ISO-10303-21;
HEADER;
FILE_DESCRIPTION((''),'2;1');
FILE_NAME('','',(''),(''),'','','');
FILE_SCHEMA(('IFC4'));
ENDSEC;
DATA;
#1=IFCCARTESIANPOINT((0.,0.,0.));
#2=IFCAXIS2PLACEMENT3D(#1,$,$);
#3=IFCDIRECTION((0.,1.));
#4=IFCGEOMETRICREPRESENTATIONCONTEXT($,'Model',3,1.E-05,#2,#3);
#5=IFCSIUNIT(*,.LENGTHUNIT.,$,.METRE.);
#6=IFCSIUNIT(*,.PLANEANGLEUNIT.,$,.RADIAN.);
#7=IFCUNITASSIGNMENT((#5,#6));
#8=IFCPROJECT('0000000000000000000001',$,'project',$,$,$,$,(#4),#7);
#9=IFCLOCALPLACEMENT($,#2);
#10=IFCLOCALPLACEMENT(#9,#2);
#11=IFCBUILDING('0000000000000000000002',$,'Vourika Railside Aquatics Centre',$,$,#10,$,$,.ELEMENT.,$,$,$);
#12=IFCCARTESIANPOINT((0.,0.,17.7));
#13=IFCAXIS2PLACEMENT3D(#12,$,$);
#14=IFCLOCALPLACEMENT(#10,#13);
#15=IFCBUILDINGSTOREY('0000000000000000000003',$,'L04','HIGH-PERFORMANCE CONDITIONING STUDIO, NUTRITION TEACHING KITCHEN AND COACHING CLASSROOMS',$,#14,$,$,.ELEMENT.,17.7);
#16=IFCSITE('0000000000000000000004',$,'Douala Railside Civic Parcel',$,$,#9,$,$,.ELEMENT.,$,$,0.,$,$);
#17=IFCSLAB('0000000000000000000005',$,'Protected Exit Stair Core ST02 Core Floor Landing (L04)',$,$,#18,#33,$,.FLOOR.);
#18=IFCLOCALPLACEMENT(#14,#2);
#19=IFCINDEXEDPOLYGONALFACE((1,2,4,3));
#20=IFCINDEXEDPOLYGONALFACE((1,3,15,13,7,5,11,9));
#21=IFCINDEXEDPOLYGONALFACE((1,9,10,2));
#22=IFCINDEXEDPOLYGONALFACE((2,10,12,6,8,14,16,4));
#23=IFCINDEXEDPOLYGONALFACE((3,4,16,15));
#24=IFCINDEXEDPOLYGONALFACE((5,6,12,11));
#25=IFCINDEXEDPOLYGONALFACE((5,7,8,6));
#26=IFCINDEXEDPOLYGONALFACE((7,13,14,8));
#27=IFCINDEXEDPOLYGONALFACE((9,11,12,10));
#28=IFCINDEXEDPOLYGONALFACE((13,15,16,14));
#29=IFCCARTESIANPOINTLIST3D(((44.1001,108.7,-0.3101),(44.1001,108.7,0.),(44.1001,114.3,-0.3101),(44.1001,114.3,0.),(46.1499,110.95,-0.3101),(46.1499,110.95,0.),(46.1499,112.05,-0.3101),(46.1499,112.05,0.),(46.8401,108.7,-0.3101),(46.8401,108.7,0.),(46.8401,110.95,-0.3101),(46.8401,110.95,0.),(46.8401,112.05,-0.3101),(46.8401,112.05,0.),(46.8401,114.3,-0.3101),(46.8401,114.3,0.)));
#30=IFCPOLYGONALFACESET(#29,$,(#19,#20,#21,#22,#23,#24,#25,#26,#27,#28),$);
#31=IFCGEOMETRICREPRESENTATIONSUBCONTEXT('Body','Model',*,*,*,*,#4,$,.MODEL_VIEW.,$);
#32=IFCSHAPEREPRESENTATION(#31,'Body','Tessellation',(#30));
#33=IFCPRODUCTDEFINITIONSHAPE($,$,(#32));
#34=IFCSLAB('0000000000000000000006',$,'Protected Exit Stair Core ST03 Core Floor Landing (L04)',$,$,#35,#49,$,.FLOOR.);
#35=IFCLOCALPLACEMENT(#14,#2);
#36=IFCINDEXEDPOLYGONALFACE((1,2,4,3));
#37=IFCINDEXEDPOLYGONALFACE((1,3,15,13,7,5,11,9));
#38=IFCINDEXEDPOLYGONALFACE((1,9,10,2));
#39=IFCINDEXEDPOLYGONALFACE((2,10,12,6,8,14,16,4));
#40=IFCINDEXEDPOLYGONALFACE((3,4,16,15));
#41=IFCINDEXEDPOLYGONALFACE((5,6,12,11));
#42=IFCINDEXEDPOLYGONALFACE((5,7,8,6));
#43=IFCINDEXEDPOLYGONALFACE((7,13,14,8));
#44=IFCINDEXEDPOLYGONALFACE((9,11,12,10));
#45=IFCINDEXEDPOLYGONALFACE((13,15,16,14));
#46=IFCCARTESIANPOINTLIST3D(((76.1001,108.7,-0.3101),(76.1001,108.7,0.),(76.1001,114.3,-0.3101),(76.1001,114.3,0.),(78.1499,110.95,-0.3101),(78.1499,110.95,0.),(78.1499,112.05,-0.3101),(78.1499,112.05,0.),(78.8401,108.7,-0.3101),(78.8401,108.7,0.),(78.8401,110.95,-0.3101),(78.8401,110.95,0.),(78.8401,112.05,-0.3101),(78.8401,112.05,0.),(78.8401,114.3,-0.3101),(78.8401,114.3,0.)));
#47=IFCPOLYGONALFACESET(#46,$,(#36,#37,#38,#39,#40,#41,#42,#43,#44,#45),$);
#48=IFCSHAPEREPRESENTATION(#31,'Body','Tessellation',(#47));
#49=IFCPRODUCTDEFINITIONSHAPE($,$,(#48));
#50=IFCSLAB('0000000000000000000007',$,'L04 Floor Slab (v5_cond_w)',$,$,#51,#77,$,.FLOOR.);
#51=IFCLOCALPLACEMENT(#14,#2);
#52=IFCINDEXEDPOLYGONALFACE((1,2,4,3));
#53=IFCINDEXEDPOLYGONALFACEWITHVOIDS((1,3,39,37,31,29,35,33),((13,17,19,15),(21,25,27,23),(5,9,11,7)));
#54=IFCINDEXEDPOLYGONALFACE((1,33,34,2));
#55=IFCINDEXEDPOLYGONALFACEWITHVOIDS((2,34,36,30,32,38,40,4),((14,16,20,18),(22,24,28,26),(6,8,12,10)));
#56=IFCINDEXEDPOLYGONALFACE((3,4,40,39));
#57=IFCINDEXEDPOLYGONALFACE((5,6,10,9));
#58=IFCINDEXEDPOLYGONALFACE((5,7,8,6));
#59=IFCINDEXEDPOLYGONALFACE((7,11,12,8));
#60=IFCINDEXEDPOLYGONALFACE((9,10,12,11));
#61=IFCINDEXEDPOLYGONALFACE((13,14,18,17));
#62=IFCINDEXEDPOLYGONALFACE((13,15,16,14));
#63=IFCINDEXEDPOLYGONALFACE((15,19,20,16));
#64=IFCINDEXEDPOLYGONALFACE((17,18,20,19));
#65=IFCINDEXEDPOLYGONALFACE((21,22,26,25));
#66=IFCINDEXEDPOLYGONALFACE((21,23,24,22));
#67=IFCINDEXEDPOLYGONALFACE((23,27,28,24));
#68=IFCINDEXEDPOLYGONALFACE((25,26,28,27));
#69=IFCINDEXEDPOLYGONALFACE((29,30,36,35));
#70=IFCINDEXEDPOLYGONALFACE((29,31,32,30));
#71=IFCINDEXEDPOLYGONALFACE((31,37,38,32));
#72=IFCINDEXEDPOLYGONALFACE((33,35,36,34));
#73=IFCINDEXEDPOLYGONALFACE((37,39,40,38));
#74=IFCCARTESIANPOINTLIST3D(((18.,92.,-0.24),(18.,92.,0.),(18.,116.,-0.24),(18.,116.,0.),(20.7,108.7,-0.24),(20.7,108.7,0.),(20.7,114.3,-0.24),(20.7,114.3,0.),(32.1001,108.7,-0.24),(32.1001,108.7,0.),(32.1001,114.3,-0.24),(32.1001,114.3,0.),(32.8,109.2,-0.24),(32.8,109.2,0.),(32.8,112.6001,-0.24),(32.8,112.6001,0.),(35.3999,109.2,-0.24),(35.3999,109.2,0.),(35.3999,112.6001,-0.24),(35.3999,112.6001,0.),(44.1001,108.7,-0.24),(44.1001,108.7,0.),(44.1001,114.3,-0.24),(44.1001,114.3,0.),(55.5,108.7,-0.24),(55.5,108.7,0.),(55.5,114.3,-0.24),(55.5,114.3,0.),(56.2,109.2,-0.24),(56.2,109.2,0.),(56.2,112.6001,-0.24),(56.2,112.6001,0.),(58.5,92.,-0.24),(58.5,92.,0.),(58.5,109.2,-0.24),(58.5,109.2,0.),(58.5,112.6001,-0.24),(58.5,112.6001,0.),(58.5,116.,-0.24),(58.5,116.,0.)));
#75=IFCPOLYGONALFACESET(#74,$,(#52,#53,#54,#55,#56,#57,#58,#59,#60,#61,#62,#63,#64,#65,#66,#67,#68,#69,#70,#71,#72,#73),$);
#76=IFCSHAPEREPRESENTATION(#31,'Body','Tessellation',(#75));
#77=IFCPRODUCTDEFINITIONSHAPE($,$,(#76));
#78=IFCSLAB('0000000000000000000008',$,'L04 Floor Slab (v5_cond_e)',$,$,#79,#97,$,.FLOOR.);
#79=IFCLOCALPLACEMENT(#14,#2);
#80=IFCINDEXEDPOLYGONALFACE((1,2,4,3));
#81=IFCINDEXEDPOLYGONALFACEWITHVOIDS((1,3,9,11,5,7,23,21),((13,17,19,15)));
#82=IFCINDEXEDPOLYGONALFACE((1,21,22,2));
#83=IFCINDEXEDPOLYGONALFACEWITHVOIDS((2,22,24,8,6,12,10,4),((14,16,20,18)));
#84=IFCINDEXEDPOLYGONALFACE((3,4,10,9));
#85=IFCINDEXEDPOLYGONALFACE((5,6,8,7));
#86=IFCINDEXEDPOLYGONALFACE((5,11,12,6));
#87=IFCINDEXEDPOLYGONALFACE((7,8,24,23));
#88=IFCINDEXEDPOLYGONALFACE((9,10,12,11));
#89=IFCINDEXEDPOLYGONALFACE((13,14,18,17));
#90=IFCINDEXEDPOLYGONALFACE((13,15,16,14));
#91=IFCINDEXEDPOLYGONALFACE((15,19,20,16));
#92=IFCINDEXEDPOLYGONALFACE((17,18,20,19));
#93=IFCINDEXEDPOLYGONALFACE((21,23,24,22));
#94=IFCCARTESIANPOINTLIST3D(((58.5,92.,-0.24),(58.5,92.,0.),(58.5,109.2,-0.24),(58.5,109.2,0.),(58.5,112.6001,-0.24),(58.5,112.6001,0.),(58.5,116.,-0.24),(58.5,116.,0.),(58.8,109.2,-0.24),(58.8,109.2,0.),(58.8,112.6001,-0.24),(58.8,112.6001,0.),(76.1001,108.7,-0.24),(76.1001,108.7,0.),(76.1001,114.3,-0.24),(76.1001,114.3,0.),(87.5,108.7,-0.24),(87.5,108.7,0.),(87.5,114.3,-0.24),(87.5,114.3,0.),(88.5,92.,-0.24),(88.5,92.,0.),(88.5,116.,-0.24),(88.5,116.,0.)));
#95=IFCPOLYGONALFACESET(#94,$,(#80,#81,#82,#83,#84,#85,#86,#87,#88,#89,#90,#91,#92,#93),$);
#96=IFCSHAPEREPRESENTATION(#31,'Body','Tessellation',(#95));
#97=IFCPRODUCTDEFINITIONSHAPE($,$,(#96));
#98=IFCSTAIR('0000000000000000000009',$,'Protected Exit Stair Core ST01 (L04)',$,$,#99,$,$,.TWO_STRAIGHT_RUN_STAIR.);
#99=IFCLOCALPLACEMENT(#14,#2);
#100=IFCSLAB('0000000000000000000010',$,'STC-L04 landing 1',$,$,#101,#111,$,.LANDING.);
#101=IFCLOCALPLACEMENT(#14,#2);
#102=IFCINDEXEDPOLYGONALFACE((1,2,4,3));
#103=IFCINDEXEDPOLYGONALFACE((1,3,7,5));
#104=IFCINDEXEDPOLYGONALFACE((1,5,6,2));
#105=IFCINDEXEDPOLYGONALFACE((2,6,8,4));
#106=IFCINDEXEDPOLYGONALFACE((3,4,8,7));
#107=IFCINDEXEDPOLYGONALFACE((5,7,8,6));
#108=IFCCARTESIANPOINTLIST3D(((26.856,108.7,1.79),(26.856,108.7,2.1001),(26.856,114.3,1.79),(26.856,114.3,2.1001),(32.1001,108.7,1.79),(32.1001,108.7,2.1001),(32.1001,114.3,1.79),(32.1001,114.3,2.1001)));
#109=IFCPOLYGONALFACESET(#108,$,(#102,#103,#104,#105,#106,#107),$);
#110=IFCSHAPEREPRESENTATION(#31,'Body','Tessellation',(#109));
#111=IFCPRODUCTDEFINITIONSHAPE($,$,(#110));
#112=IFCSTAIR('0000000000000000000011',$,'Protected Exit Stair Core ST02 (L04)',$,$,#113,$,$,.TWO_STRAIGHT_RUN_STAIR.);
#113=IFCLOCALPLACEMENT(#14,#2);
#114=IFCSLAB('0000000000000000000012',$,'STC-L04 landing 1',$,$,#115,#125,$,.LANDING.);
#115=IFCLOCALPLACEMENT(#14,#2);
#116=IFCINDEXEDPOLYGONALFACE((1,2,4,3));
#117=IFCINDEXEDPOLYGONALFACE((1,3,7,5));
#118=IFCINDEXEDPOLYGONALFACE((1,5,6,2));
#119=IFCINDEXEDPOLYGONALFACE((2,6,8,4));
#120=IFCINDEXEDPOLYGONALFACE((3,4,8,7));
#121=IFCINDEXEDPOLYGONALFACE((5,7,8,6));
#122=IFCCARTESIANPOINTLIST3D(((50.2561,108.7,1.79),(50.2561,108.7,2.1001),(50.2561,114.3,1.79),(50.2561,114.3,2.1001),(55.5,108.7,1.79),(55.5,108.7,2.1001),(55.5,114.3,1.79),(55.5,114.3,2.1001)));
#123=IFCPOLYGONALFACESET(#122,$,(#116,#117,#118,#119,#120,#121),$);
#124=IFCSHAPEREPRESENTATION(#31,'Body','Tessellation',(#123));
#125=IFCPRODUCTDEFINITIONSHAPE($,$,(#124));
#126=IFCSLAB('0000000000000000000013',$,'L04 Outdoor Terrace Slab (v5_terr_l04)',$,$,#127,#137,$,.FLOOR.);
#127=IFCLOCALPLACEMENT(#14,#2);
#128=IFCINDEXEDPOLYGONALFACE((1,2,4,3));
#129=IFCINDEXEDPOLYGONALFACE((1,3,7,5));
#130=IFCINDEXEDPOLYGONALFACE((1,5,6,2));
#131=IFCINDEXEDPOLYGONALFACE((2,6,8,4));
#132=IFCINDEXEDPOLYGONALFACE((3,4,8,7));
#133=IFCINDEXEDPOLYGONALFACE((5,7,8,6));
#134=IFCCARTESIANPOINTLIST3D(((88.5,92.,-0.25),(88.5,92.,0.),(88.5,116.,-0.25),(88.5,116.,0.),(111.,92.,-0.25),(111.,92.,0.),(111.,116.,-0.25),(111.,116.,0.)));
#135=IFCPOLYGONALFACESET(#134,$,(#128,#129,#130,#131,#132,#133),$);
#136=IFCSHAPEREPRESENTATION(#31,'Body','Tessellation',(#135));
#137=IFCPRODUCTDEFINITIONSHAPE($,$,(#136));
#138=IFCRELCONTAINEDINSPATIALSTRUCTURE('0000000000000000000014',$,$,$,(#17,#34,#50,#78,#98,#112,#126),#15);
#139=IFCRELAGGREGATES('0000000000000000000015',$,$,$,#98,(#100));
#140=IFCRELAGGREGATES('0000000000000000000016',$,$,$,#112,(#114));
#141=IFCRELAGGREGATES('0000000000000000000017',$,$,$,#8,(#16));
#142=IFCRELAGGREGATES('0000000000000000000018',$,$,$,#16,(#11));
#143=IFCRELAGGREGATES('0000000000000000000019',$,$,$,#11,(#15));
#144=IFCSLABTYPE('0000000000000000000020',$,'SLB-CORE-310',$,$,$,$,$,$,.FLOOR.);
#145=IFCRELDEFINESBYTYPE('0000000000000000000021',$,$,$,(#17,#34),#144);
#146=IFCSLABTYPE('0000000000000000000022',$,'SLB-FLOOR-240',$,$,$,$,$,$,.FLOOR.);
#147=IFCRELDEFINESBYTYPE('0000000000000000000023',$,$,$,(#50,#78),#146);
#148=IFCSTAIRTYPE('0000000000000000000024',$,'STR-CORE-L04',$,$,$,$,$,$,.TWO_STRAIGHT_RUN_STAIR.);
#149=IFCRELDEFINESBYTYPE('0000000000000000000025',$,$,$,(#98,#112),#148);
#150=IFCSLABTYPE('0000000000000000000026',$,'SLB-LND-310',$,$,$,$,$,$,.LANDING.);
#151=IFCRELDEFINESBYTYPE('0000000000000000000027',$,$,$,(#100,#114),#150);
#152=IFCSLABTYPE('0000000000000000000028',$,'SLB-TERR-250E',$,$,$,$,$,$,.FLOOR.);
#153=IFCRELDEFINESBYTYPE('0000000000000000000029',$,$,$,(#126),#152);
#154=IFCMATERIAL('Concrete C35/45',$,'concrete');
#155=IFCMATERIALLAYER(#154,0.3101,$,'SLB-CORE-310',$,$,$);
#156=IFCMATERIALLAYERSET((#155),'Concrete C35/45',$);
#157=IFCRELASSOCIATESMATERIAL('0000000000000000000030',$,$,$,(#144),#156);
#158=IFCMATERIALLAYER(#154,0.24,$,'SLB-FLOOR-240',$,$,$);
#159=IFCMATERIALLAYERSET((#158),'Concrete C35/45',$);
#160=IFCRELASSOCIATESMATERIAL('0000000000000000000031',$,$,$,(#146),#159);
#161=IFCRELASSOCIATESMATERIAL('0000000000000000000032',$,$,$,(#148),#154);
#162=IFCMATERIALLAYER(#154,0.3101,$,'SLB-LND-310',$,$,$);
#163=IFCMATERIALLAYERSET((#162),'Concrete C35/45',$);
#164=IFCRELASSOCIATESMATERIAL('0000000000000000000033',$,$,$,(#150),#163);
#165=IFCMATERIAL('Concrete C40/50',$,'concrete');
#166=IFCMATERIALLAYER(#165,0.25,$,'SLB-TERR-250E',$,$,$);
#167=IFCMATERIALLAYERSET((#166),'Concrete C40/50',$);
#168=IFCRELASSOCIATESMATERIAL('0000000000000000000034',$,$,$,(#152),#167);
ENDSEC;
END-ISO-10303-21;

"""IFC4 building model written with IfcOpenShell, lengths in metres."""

from ifc_helpers import new_model, si_unit, direction, frame, origin, place, context, subcontext, project, spatial, polyline, outline, extrude, material, layer, layer_set, type_object, element, aggregate, save


model = new_model("IFC4")

# Units and contexts
model_context = context("Model", 3, precision=1e-05, world=origin(), true_north=direction((0.0, 1.0)))
body_context = subcontext(model_context, "Body", "Model", "MODEL_VIEW")
ifc_project = project(units=[si_unit("LENGTHUNIT", "METRE"), si_unit("PLANEANGLEUNIT", "RADIAN")], contexts=[model_context])

# Site, building, storey
site_placement = place(None, origin())
site = spatial("IfcSite", under=ifc_project, at=site_placement, Name="Douala Railside Civic Parcel", CompositionType="ELEMENT", RefElevation=0.0)
building_placement = place(site_placement, origin())
building = spatial("IfcBuilding", under=site, at=building_placement, Name="Vourika Railside Aquatics Centre", CompositionType="ELEMENT")
storey_placement = place(building_placement, frame((0.0, 0.0, 17.7)))
storey = spatial("IfcBuildingStorey", under=building, at=storey_placement, Name="L04", Description="HIGH-PERFORMANCE CONDITIONING STUDIO, NUTRITION TEACHING KITCHEN AND COACHING CLASSROOMS", CompositionType="ELEMENT", Elevation=17.7)

# Shared definitions
ifc_material_1 = material(Name="Concrete C35/45", Category="concrete")

# Slabs
ifc_layer_1 = layer(ifc_material_1, 0.3101, Name="SLB-CORE-310")
ifc_layer_set_1 = layer_set([ifc_layer_1], Name="Concrete C35/45")
slab_type_1 = type_object("IfcSlabType", Name="SLB-CORE-310", PredefinedType="FLOOR", material=ifc_layer_set_1)
slab_1_placement = place(storey_placement, frame((0.0, 0.0, -0.3101)))
element("IfcSlab", 1, at=slab_1_placement, inside=storey, type_object=slab_type_1, Name="Protected Exit Stair Core ST02 Core Floor Landing (L04)", PredefinedType="FLOOR", context=body_context, shape_type="SweptSolid", body=[
    extrude(outline(polyline([(44.1001, 108.7), (46.8401, 108.7), (46.8401, 110.95), (46.1499, 110.95), (46.1499, 112.05), (46.8401, 112.05), (46.8401, 114.3), (44.1001, 114.3), (44.1001, 108.7)])), origin(), (0.0, 0.0, 1.0), 0.3101),
])
slab_2_placement = place(storey_placement, frame((0.0, 0.0, -0.3101)))
element("IfcSlab", 2, at=slab_2_placement, inside=storey, type_object=slab_type_1, Name="Protected Exit Stair Core ST03 Core Floor Landing (L04)", PredefinedType="FLOOR", context=body_context, shape_type="SweptSolid", body=[
    extrude(outline(polyline([(76.1001, 108.7), (78.8401, 108.7), (78.8401, 110.95), (78.1499, 110.95), (78.1499, 112.05), (78.8401, 112.05), (78.8401, 114.3), (76.1001, 114.3), (76.1001, 108.7)])), origin(), (0.0, 0.0, 1.0), 0.3101),
])
ifc_layer_2 = layer(ifc_material_1, 0.24, Name="SLB-FLOOR-240")
ifc_layer_set_2 = layer_set([ifc_layer_2], Name="Concrete C35/45")
slab_type_2 = type_object("IfcSlabType", Name="SLB-FLOOR-240", PredefinedType="FLOOR", material=ifc_layer_set_2)
slab_3_placement = place(storey_placement, frame((0.0, 0.0, -0.24)))
element("IfcSlab", 3, at=slab_3_placement, inside=storey, type_object=slab_type_2, Name="L04 Floor Slab (v5_cond_w)", PredefinedType="FLOOR", context=body_context, shape_type="SweptSolid", body=[
    extrude(outline(polyline([(58.5, 92.0), (18.0, 92.0), (18.0, 116.0), (58.5, 116.0), (58.5, 112.6001), (56.2, 112.6001), (56.2, 109.2), (58.5, 109.2), (58.5, 92.0)]), holes=[polyline([(32.8, 109.2), (35.3999, 109.2), (35.3999, 112.6001), (32.8, 112.6001), (32.8, 109.2)]), polyline([(20.7, 108.7), (32.1001, 108.7), (32.1001, 114.3), (20.7, 114.3), (20.7, 108.7)]), polyline([(44.1001, 114.3), (44.1001, 108.7), (55.5, 108.7), (55.5, 114.3), (44.1001, 114.3)])]), origin(), (0.0, 0.0, 1.0), 0.24),
])
slab_4_placement = place(storey_placement, frame((0.0, 0.0, -0.24)))
element("IfcSlab", 4, at=slab_4_placement, inside=storey, type_object=slab_type_2, Name="L04 Floor Slab (v5_cond_e)", PredefinedType="FLOOR", context=body_context, shape_type="SweptSolid", body=[
    extrude(outline(polyline([(58.5, 116.0), (88.5, 116.0), (88.5, 92.0), (58.5, 92.0), (58.5, 109.2), (58.8, 109.2), (58.8, 112.6001), (58.5, 112.6001), (58.5, 116.0)]), holes=[polyline([(76.1001, 114.3), (76.1001, 108.7), (87.5, 108.7), (87.5, 114.3), (76.1001, 114.3)])]), origin(), (0.0, 0.0, 1.0), 0.24),
])

# Stairs, slabs
stair_type = type_object("IfcStairType", Name="STR-CORE-L04", PredefinedType="TWO_STRAIGHT_RUN_STAIR", material=ifc_material_1)
stair_1_placement = place(storey_placement, origin())
stair_1 = element("IfcStair", 5, at=stair_1_placement, inside=storey, type_object=stair_type, Name="Protected Exit Stair Core ST01 (L04)", PredefinedType="TWO_STRAIGHT_RUN_STAIR")
ifc_layer_3 = layer(ifc_material_1, 0.3101, Name="SLB-LND-310")
ifc_layer_set_3 = layer_set([ifc_layer_3], Name="Concrete C35/45")
slab_type_3 = type_object("IfcSlabType", Name="SLB-LND-310", PredefinedType="LANDING", material=ifc_layer_set_3)
slab_5_placement = place(storey_placement, frame((0.0, 0.0, 1.79)))
slab_5 = element("IfcSlab", 6, at=slab_5_placement, type_object=slab_type_3, Name="STC-L04 landing 1", PredefinedType="LANDING", context=body_context, shape_type="SweptSolid", body=[
    extrude(outline(polyline([(26.856, 108.7), (32.1001, 108.7), (32.1001, 114.3), (26.856, 114.3), (26.856, 108.7)])), origin(), (0.0, 0.0, 1.0), 0.3101),
])
aggregate(stair_1, [slab_5])
stair_2_placement = place(storey_placement, origin())
stair_2 = element("IfcStair", 7, at=stair_2_placement, inside=storey, type_object=stair_type, Name="Protected Exit Stair Core ST02 (L04)", PredefinedType="TWO_STRAIGHT_RUN_STAIR")
slab_6_placement = place(storey_placement, frame((0.0, 0.0, 1.79)))
slab_6 = element("IfcSlab", 8, at=slab_6_placement, type_object=slab_type_3, Name="STC-L04 landing 1", PredefinedType="LANDING", context=body_context, shape_type="SweptSolid", body=[
    extrude(outline(polyline([(50.2561, 108.7), (55.5, 108.7), (55.5, 114.3), (50.2561, 114.3), (50.2561, 108.7)])), origin(), (0.0, 0.0, 1.0), 0.3101),
])
aggregate(stair_2, [slab_6])

# Slab
ifc_material_2 = material(Name="Concrete C40/50", Category="concrete")
ifc_layer_4 = layer(ifc_material_2, 0.25, Name="SLB-TERR-250E")
ifc_layer_set_4 = layer_set([ifc_layer_4], Name="Concrete C40/50")
slab_type_4 = type_object("IfcSlabType", Name="SLB-TERR-250E", PredefinedType="FLOOR", material=ifc_layer_set_4)
slab_7_placement = place(storey_placement, frame((0.0, 0.0, -0.25)))
element("IfcSlab", 9, at=slab_7_placement, inside=storey, type_object=slab_type_4, Name="L04 Outdoor Terrace Slab (v5_terr_l04)", PredefinedType="FLOOR", context=body_context, shape_type="SweptSolid", body=[
    extrude(outline(polyline([(111.0, 92.0), (111.0, 116.0), (88.5, 116.0), (88.5, 92.0), (111.0, 92.0)])), origin(), (0.0, 0.0, 1.0), 0.25),
])

save(model, "model.ifc")
